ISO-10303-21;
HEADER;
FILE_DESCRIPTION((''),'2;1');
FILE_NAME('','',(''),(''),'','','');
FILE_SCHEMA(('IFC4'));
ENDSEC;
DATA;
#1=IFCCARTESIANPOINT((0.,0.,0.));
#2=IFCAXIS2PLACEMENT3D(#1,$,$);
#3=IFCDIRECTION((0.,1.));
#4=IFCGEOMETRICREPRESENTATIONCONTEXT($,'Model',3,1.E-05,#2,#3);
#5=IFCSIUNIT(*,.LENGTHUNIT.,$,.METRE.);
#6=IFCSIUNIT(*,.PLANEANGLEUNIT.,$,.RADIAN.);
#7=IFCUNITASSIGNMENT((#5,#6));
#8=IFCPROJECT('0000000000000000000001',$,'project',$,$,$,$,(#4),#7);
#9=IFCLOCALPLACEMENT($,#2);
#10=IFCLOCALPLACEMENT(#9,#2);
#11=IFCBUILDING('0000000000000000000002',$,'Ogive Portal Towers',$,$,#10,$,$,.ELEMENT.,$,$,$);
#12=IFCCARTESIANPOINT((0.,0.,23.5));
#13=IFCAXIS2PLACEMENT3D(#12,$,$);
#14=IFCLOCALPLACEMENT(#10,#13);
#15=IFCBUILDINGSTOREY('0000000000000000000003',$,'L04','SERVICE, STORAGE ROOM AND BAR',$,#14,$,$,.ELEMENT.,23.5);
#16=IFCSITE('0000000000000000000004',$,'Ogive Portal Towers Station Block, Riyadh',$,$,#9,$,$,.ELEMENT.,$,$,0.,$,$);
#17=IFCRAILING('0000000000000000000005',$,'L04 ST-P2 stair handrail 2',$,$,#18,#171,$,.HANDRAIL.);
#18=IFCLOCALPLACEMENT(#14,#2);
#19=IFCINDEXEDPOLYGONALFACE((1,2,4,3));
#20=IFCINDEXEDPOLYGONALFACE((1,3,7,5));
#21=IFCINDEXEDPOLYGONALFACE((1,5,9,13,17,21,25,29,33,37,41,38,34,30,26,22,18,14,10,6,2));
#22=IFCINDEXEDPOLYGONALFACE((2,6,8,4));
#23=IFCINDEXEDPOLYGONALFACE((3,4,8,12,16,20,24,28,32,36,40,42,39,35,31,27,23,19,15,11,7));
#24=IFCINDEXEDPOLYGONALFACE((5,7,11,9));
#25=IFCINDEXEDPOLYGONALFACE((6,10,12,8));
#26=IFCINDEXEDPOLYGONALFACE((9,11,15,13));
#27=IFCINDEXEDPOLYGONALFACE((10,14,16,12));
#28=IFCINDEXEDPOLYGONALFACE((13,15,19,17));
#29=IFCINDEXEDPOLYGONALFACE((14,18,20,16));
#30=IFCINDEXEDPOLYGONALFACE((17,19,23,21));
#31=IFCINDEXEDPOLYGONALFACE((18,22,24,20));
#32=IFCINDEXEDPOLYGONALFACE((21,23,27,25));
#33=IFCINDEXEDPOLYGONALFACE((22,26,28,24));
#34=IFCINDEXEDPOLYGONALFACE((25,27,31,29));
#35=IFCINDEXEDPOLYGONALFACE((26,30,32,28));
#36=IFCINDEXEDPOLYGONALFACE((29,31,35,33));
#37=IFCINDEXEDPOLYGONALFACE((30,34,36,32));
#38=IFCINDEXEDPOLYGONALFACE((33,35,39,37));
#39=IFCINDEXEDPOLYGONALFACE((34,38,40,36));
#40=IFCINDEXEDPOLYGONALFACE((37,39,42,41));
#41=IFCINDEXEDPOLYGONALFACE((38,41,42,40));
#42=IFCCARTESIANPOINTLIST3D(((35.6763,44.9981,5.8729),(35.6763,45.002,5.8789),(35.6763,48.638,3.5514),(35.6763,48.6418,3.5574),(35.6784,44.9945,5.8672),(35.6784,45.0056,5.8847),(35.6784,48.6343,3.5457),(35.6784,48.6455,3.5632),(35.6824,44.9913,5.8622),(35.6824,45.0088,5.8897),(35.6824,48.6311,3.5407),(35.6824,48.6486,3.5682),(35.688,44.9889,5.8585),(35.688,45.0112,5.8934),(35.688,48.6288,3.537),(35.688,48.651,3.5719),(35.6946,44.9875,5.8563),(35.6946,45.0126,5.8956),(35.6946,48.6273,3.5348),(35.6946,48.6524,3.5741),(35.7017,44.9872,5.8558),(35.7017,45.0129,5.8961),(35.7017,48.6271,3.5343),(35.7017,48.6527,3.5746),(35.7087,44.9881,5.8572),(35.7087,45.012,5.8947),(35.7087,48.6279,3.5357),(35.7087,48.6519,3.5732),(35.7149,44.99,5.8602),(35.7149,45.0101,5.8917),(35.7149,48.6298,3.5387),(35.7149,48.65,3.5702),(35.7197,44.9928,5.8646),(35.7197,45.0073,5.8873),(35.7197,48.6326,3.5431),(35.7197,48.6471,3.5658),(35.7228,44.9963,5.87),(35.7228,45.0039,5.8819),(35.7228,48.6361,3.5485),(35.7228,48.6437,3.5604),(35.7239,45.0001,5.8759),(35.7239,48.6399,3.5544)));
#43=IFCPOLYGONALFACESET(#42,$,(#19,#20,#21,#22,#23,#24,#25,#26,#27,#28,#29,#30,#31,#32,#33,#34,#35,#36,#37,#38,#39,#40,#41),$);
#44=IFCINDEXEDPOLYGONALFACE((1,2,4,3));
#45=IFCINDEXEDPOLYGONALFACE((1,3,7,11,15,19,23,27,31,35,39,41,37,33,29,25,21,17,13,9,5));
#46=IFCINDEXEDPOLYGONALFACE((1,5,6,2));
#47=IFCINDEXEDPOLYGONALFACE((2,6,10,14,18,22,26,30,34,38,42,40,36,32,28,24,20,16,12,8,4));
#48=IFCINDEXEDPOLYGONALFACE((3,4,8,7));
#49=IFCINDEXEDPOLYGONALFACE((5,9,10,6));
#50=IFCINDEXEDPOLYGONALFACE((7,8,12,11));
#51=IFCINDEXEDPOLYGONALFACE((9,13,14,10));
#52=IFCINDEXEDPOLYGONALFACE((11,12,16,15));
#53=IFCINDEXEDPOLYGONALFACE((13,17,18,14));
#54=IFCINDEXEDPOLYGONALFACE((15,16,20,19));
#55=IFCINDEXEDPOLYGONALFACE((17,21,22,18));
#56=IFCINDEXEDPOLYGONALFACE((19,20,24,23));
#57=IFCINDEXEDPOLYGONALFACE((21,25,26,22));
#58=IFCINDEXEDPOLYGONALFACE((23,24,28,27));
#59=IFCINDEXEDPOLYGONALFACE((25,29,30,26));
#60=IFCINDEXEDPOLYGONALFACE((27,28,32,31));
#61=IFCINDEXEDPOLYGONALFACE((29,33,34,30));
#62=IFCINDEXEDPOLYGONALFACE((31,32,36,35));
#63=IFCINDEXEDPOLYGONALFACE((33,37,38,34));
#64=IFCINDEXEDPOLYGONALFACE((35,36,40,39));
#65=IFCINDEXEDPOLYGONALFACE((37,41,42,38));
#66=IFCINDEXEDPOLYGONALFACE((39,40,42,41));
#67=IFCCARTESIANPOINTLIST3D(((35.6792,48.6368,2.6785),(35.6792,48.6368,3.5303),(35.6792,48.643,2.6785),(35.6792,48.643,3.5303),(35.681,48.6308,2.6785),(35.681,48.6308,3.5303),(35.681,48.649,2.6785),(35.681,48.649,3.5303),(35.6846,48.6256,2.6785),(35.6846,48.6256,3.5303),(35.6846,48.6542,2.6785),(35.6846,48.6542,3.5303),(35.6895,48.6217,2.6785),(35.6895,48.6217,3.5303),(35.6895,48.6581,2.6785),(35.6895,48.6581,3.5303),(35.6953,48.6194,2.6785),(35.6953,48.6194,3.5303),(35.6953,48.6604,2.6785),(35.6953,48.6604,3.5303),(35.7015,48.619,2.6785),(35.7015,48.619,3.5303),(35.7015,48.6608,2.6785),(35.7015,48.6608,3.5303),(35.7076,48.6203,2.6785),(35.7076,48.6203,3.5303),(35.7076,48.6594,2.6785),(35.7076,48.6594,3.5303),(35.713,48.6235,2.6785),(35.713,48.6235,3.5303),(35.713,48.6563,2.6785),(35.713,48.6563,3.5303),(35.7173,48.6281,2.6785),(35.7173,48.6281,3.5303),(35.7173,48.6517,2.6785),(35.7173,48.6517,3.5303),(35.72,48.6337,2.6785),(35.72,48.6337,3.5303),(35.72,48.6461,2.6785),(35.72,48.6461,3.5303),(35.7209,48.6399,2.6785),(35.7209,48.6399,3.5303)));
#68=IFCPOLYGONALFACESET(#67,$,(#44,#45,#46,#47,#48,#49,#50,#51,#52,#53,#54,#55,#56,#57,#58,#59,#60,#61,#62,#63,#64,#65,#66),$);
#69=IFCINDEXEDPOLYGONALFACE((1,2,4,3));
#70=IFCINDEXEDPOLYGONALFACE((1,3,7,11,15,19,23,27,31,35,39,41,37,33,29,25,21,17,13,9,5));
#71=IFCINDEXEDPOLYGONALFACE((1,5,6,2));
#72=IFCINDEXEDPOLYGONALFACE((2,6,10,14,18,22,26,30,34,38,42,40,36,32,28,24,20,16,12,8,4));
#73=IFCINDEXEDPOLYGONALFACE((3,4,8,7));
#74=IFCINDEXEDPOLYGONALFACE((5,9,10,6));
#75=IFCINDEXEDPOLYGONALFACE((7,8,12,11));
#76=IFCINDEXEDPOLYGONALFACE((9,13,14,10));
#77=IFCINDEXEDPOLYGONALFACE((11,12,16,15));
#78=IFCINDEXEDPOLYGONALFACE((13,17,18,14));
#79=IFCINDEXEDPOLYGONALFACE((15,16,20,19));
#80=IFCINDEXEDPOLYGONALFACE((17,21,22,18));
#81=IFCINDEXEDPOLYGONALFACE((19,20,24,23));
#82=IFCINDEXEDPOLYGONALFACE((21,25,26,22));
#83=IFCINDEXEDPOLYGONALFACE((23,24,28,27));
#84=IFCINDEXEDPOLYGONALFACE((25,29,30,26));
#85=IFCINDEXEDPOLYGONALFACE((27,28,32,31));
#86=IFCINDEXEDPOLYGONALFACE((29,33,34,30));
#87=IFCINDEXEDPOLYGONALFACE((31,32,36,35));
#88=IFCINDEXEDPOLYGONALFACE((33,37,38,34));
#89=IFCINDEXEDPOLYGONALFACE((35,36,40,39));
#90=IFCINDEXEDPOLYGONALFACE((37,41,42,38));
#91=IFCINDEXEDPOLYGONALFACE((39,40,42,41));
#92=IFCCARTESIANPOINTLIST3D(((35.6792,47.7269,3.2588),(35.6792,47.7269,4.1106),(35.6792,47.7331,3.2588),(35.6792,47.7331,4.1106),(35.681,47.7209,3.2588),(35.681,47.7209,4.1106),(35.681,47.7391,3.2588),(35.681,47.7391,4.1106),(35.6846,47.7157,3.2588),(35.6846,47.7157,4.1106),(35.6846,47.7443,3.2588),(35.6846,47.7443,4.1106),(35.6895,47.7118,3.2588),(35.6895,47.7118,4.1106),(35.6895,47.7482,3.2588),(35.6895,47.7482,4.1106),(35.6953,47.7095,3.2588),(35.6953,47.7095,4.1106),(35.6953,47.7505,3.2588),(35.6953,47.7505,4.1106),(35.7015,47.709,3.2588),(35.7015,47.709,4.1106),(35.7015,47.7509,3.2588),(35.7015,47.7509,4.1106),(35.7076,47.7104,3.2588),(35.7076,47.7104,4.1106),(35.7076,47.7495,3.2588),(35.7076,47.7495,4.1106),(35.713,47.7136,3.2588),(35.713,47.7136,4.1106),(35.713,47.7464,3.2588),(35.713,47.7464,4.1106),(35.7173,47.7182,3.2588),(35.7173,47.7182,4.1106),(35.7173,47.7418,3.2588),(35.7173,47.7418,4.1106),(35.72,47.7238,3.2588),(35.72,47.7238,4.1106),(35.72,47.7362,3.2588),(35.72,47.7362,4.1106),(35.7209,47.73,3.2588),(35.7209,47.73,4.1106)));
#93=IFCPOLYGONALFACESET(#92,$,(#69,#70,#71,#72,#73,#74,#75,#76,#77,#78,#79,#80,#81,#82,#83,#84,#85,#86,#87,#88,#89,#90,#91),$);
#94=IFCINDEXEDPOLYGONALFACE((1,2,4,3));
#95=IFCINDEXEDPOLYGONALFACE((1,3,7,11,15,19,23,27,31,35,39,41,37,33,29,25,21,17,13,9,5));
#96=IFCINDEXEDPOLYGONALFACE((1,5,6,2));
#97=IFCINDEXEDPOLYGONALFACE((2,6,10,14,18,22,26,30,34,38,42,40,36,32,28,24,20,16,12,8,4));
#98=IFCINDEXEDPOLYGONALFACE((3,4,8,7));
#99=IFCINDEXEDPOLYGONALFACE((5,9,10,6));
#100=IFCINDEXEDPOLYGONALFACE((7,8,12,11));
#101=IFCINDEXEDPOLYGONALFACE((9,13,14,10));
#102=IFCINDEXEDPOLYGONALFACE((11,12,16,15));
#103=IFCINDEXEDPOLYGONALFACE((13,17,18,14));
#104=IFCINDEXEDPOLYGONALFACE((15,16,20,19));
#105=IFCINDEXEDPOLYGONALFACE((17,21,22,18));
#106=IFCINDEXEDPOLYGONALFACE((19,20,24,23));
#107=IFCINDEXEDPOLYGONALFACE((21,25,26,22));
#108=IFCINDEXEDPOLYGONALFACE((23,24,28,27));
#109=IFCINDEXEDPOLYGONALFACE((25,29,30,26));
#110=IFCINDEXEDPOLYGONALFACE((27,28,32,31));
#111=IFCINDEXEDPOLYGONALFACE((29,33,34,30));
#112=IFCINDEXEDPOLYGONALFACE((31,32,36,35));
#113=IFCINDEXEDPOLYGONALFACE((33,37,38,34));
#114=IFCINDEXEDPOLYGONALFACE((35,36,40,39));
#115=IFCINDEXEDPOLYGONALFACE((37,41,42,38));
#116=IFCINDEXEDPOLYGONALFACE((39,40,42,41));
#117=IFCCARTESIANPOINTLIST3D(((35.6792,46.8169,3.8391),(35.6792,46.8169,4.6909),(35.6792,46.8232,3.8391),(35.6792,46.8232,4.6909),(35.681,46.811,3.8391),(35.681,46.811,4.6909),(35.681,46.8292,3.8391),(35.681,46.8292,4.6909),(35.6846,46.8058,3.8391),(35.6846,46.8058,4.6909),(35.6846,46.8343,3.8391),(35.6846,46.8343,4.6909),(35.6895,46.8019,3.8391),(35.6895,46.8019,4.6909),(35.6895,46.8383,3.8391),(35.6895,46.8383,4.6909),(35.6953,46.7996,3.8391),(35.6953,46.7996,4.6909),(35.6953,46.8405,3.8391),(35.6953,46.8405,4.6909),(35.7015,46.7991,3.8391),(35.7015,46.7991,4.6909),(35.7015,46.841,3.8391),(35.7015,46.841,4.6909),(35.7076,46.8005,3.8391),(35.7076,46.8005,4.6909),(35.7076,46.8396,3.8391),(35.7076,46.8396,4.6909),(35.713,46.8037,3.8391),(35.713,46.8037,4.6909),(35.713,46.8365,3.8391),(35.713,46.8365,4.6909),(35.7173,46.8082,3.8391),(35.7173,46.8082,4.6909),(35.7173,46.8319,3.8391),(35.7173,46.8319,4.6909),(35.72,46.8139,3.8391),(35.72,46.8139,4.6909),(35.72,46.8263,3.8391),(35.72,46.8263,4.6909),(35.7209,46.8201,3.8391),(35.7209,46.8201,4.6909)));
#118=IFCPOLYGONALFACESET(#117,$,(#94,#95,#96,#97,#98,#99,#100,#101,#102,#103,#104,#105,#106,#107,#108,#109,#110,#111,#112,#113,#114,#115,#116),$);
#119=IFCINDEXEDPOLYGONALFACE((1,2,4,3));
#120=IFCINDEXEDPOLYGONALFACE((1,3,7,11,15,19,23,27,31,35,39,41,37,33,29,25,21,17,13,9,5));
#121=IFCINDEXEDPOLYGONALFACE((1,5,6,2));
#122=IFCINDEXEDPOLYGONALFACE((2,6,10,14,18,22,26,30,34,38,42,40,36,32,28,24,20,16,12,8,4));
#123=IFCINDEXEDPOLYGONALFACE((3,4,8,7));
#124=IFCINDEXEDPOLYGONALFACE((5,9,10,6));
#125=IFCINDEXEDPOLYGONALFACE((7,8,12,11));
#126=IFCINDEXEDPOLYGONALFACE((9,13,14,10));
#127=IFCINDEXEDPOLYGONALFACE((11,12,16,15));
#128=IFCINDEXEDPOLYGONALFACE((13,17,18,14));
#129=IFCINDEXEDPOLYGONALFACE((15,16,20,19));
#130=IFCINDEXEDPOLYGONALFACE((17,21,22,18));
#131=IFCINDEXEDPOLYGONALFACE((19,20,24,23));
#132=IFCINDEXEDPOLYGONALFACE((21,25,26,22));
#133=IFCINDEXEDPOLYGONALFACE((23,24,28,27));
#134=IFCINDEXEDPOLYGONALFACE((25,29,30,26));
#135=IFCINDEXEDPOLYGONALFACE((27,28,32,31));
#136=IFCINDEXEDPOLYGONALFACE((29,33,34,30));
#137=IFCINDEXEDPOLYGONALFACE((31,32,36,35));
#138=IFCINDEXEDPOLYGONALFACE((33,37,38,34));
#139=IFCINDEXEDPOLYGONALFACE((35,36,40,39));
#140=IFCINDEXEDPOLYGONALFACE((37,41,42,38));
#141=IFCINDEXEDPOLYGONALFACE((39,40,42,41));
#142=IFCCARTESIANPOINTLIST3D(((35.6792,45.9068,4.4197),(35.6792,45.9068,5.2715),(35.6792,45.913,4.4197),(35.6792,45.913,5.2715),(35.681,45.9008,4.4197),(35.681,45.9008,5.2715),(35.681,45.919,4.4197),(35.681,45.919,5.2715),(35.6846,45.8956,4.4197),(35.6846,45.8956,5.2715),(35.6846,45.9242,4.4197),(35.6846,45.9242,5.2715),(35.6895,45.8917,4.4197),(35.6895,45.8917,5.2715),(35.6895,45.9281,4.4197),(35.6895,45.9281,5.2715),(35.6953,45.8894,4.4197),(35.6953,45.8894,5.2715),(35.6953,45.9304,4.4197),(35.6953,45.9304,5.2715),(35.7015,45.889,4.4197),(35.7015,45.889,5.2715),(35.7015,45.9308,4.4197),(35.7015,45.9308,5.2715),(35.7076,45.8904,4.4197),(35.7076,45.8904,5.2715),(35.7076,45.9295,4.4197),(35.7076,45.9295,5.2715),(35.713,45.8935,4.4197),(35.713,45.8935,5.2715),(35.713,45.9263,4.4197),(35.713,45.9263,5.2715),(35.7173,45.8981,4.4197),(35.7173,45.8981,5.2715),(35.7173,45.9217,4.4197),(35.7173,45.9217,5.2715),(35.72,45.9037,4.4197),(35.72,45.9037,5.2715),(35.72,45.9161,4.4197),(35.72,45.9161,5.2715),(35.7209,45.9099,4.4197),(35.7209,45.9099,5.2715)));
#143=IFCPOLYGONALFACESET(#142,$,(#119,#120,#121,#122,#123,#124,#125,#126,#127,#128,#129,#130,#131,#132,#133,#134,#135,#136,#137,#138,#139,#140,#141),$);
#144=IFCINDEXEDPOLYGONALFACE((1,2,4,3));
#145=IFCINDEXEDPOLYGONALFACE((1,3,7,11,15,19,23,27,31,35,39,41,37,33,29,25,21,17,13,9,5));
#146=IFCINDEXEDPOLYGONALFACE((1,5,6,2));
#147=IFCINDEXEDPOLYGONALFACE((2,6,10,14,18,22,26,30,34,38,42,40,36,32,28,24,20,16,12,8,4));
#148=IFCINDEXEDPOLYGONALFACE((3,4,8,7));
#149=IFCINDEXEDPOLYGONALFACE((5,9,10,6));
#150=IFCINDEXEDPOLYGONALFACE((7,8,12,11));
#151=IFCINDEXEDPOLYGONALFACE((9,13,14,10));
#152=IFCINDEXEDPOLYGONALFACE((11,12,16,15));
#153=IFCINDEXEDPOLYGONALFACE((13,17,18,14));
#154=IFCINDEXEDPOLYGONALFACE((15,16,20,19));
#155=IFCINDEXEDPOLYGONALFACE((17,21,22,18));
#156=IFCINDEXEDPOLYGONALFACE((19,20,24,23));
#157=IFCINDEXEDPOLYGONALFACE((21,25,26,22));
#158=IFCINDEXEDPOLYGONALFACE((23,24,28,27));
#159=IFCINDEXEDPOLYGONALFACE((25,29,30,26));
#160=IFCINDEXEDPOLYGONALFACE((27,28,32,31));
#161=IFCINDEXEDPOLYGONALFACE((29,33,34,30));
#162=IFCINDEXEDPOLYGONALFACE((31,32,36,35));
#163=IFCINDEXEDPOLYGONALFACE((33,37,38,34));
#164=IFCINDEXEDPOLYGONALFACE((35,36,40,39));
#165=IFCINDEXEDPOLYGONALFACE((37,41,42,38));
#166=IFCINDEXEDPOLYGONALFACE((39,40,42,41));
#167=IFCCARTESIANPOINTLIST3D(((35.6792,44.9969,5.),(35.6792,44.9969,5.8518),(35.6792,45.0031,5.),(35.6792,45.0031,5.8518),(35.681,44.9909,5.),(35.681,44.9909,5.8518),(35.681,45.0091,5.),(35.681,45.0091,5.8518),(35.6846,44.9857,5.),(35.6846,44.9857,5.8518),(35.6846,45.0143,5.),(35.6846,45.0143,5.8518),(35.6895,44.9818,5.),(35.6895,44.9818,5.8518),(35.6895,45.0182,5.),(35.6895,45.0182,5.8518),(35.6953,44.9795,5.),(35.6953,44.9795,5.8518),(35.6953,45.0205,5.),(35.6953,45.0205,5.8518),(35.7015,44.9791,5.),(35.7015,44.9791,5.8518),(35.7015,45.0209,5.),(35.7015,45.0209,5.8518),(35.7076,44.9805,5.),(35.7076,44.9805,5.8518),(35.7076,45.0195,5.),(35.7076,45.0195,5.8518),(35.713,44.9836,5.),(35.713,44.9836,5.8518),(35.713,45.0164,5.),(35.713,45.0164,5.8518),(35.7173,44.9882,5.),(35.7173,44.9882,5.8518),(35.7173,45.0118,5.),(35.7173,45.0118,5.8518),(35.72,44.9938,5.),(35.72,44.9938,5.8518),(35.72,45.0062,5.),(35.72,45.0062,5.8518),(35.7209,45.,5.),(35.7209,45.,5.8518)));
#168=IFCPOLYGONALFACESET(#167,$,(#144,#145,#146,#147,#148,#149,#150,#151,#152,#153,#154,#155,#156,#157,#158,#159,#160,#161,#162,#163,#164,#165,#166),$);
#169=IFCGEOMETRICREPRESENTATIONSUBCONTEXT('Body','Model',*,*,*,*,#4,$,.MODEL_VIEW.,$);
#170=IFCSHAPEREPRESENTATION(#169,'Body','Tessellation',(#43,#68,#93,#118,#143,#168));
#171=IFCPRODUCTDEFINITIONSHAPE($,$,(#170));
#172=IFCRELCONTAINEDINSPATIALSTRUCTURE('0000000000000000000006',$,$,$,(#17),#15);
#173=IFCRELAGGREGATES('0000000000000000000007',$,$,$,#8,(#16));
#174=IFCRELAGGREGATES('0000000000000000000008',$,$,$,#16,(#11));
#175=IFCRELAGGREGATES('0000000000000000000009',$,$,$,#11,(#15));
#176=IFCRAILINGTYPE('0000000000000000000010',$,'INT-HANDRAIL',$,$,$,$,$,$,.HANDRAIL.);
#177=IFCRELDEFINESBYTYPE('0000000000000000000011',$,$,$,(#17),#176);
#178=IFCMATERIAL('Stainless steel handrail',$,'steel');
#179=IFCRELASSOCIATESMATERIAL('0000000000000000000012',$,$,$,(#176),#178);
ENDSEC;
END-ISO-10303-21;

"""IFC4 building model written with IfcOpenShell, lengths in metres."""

from ifc_helpers import new_model, si_unit, direction, frame, origin, origin_2d, place, context, subcontext, project, spatial, circle, extrude, material, type_object, element, save


model = new_model("IFC4")

# Units and contexts
model_context = context("Model", 3, precision=1e-05, world=origin(), true_north=direction((0.0, 1.0)))
body_context = subcontext(model_context, "Body", "Model", "MODEL_VIEW")
ifc_project = project(units=[si_unit("LENGTHUNIT", "METRE"), si_unit("PLANEANGLEUNIT", "RADIAN")], contexts=[model_context])

# Site, building, storey
site_placement = place(None, origin())
site = spatial("IfcSite", under=ifc_project, at=site_placement, Name="Ogive Portal Towers Station Block, Riyadh", CompositionType="ELEMENT", RefElevation=0.0)
building_placement = place(site_placement, origin())
building = spatial("IfcBuilding", under=site, at=building_placement, Name="Ogive Portal Towers", CompositionType="ELEMENT")
storey_placement = place(building_placement, frame((0.0, 0.0, 23.5)))
storey = spatial("IfcBuildingStorey", under=building, at=storey_placement, Name="L04", Description="SERVICE, STORAGE ROOM AND BAR", CompositionType="ELEMENT", Elevation=23.5)

# Railing
ifc_material_1 = material(Name="Stainless steel handrail", Category="steel")
railing_type_1 = type_object("IfcRailingType", Name="INT-HANDRAIL", PredefinedType="HANDRAIL", material=ifc_material_1)
railing_1_placement = place(storey_placement, frame((35.7, 48.6399, 2.6785)))
element("IfcRailing", 1, at=railing_1_placement, inside=storey, type_object=railing_type_1, Name="L04 ST-P2 stair handrail 2", PredefinedType="HANDRAIL", context=body_context, shape_type="SweptSolid", body=[
    extrude(circle(Radius=0.0239, at=origin_2d()), frame((0.0, 0.0, 0.876), z_axis=(0.0, -0.843112, 0.537739), x_axis=(1.0, 0.0, 0.0)), (0.0, 0.0, 1.0), 4.3171),
    extrude(circle(Radius=0.021, at=origin_2d()), origin(), (0.0, 0.0, 1.0), 0.8518),
    extrude(circle(Radius=0.021, at=origin_2d()), frame((0.0, -0.9099, 0.5803)), (0.0, 0.0, 1.0), 0.8518),
    extrude(circle(Radius=0.021, at=origin_2d()), frame((0.0, -1.8198, 1.1606)), (0.0, 0.0, 1.0), 0.8518),
    extrude(circle(Radius=0.021, at=origin_2d()), frame((0.0, -2.73, 1.7412)), (0.0, 0.0, 1.0), 0.8518),
    extrude(circle(Radius=0.021, at=origin_2d()), frame((0.0, -3.6399, 2.3215)), (0.0, 0.0, 1.0), 0.8518),
])

save(model, "model.ifc")
